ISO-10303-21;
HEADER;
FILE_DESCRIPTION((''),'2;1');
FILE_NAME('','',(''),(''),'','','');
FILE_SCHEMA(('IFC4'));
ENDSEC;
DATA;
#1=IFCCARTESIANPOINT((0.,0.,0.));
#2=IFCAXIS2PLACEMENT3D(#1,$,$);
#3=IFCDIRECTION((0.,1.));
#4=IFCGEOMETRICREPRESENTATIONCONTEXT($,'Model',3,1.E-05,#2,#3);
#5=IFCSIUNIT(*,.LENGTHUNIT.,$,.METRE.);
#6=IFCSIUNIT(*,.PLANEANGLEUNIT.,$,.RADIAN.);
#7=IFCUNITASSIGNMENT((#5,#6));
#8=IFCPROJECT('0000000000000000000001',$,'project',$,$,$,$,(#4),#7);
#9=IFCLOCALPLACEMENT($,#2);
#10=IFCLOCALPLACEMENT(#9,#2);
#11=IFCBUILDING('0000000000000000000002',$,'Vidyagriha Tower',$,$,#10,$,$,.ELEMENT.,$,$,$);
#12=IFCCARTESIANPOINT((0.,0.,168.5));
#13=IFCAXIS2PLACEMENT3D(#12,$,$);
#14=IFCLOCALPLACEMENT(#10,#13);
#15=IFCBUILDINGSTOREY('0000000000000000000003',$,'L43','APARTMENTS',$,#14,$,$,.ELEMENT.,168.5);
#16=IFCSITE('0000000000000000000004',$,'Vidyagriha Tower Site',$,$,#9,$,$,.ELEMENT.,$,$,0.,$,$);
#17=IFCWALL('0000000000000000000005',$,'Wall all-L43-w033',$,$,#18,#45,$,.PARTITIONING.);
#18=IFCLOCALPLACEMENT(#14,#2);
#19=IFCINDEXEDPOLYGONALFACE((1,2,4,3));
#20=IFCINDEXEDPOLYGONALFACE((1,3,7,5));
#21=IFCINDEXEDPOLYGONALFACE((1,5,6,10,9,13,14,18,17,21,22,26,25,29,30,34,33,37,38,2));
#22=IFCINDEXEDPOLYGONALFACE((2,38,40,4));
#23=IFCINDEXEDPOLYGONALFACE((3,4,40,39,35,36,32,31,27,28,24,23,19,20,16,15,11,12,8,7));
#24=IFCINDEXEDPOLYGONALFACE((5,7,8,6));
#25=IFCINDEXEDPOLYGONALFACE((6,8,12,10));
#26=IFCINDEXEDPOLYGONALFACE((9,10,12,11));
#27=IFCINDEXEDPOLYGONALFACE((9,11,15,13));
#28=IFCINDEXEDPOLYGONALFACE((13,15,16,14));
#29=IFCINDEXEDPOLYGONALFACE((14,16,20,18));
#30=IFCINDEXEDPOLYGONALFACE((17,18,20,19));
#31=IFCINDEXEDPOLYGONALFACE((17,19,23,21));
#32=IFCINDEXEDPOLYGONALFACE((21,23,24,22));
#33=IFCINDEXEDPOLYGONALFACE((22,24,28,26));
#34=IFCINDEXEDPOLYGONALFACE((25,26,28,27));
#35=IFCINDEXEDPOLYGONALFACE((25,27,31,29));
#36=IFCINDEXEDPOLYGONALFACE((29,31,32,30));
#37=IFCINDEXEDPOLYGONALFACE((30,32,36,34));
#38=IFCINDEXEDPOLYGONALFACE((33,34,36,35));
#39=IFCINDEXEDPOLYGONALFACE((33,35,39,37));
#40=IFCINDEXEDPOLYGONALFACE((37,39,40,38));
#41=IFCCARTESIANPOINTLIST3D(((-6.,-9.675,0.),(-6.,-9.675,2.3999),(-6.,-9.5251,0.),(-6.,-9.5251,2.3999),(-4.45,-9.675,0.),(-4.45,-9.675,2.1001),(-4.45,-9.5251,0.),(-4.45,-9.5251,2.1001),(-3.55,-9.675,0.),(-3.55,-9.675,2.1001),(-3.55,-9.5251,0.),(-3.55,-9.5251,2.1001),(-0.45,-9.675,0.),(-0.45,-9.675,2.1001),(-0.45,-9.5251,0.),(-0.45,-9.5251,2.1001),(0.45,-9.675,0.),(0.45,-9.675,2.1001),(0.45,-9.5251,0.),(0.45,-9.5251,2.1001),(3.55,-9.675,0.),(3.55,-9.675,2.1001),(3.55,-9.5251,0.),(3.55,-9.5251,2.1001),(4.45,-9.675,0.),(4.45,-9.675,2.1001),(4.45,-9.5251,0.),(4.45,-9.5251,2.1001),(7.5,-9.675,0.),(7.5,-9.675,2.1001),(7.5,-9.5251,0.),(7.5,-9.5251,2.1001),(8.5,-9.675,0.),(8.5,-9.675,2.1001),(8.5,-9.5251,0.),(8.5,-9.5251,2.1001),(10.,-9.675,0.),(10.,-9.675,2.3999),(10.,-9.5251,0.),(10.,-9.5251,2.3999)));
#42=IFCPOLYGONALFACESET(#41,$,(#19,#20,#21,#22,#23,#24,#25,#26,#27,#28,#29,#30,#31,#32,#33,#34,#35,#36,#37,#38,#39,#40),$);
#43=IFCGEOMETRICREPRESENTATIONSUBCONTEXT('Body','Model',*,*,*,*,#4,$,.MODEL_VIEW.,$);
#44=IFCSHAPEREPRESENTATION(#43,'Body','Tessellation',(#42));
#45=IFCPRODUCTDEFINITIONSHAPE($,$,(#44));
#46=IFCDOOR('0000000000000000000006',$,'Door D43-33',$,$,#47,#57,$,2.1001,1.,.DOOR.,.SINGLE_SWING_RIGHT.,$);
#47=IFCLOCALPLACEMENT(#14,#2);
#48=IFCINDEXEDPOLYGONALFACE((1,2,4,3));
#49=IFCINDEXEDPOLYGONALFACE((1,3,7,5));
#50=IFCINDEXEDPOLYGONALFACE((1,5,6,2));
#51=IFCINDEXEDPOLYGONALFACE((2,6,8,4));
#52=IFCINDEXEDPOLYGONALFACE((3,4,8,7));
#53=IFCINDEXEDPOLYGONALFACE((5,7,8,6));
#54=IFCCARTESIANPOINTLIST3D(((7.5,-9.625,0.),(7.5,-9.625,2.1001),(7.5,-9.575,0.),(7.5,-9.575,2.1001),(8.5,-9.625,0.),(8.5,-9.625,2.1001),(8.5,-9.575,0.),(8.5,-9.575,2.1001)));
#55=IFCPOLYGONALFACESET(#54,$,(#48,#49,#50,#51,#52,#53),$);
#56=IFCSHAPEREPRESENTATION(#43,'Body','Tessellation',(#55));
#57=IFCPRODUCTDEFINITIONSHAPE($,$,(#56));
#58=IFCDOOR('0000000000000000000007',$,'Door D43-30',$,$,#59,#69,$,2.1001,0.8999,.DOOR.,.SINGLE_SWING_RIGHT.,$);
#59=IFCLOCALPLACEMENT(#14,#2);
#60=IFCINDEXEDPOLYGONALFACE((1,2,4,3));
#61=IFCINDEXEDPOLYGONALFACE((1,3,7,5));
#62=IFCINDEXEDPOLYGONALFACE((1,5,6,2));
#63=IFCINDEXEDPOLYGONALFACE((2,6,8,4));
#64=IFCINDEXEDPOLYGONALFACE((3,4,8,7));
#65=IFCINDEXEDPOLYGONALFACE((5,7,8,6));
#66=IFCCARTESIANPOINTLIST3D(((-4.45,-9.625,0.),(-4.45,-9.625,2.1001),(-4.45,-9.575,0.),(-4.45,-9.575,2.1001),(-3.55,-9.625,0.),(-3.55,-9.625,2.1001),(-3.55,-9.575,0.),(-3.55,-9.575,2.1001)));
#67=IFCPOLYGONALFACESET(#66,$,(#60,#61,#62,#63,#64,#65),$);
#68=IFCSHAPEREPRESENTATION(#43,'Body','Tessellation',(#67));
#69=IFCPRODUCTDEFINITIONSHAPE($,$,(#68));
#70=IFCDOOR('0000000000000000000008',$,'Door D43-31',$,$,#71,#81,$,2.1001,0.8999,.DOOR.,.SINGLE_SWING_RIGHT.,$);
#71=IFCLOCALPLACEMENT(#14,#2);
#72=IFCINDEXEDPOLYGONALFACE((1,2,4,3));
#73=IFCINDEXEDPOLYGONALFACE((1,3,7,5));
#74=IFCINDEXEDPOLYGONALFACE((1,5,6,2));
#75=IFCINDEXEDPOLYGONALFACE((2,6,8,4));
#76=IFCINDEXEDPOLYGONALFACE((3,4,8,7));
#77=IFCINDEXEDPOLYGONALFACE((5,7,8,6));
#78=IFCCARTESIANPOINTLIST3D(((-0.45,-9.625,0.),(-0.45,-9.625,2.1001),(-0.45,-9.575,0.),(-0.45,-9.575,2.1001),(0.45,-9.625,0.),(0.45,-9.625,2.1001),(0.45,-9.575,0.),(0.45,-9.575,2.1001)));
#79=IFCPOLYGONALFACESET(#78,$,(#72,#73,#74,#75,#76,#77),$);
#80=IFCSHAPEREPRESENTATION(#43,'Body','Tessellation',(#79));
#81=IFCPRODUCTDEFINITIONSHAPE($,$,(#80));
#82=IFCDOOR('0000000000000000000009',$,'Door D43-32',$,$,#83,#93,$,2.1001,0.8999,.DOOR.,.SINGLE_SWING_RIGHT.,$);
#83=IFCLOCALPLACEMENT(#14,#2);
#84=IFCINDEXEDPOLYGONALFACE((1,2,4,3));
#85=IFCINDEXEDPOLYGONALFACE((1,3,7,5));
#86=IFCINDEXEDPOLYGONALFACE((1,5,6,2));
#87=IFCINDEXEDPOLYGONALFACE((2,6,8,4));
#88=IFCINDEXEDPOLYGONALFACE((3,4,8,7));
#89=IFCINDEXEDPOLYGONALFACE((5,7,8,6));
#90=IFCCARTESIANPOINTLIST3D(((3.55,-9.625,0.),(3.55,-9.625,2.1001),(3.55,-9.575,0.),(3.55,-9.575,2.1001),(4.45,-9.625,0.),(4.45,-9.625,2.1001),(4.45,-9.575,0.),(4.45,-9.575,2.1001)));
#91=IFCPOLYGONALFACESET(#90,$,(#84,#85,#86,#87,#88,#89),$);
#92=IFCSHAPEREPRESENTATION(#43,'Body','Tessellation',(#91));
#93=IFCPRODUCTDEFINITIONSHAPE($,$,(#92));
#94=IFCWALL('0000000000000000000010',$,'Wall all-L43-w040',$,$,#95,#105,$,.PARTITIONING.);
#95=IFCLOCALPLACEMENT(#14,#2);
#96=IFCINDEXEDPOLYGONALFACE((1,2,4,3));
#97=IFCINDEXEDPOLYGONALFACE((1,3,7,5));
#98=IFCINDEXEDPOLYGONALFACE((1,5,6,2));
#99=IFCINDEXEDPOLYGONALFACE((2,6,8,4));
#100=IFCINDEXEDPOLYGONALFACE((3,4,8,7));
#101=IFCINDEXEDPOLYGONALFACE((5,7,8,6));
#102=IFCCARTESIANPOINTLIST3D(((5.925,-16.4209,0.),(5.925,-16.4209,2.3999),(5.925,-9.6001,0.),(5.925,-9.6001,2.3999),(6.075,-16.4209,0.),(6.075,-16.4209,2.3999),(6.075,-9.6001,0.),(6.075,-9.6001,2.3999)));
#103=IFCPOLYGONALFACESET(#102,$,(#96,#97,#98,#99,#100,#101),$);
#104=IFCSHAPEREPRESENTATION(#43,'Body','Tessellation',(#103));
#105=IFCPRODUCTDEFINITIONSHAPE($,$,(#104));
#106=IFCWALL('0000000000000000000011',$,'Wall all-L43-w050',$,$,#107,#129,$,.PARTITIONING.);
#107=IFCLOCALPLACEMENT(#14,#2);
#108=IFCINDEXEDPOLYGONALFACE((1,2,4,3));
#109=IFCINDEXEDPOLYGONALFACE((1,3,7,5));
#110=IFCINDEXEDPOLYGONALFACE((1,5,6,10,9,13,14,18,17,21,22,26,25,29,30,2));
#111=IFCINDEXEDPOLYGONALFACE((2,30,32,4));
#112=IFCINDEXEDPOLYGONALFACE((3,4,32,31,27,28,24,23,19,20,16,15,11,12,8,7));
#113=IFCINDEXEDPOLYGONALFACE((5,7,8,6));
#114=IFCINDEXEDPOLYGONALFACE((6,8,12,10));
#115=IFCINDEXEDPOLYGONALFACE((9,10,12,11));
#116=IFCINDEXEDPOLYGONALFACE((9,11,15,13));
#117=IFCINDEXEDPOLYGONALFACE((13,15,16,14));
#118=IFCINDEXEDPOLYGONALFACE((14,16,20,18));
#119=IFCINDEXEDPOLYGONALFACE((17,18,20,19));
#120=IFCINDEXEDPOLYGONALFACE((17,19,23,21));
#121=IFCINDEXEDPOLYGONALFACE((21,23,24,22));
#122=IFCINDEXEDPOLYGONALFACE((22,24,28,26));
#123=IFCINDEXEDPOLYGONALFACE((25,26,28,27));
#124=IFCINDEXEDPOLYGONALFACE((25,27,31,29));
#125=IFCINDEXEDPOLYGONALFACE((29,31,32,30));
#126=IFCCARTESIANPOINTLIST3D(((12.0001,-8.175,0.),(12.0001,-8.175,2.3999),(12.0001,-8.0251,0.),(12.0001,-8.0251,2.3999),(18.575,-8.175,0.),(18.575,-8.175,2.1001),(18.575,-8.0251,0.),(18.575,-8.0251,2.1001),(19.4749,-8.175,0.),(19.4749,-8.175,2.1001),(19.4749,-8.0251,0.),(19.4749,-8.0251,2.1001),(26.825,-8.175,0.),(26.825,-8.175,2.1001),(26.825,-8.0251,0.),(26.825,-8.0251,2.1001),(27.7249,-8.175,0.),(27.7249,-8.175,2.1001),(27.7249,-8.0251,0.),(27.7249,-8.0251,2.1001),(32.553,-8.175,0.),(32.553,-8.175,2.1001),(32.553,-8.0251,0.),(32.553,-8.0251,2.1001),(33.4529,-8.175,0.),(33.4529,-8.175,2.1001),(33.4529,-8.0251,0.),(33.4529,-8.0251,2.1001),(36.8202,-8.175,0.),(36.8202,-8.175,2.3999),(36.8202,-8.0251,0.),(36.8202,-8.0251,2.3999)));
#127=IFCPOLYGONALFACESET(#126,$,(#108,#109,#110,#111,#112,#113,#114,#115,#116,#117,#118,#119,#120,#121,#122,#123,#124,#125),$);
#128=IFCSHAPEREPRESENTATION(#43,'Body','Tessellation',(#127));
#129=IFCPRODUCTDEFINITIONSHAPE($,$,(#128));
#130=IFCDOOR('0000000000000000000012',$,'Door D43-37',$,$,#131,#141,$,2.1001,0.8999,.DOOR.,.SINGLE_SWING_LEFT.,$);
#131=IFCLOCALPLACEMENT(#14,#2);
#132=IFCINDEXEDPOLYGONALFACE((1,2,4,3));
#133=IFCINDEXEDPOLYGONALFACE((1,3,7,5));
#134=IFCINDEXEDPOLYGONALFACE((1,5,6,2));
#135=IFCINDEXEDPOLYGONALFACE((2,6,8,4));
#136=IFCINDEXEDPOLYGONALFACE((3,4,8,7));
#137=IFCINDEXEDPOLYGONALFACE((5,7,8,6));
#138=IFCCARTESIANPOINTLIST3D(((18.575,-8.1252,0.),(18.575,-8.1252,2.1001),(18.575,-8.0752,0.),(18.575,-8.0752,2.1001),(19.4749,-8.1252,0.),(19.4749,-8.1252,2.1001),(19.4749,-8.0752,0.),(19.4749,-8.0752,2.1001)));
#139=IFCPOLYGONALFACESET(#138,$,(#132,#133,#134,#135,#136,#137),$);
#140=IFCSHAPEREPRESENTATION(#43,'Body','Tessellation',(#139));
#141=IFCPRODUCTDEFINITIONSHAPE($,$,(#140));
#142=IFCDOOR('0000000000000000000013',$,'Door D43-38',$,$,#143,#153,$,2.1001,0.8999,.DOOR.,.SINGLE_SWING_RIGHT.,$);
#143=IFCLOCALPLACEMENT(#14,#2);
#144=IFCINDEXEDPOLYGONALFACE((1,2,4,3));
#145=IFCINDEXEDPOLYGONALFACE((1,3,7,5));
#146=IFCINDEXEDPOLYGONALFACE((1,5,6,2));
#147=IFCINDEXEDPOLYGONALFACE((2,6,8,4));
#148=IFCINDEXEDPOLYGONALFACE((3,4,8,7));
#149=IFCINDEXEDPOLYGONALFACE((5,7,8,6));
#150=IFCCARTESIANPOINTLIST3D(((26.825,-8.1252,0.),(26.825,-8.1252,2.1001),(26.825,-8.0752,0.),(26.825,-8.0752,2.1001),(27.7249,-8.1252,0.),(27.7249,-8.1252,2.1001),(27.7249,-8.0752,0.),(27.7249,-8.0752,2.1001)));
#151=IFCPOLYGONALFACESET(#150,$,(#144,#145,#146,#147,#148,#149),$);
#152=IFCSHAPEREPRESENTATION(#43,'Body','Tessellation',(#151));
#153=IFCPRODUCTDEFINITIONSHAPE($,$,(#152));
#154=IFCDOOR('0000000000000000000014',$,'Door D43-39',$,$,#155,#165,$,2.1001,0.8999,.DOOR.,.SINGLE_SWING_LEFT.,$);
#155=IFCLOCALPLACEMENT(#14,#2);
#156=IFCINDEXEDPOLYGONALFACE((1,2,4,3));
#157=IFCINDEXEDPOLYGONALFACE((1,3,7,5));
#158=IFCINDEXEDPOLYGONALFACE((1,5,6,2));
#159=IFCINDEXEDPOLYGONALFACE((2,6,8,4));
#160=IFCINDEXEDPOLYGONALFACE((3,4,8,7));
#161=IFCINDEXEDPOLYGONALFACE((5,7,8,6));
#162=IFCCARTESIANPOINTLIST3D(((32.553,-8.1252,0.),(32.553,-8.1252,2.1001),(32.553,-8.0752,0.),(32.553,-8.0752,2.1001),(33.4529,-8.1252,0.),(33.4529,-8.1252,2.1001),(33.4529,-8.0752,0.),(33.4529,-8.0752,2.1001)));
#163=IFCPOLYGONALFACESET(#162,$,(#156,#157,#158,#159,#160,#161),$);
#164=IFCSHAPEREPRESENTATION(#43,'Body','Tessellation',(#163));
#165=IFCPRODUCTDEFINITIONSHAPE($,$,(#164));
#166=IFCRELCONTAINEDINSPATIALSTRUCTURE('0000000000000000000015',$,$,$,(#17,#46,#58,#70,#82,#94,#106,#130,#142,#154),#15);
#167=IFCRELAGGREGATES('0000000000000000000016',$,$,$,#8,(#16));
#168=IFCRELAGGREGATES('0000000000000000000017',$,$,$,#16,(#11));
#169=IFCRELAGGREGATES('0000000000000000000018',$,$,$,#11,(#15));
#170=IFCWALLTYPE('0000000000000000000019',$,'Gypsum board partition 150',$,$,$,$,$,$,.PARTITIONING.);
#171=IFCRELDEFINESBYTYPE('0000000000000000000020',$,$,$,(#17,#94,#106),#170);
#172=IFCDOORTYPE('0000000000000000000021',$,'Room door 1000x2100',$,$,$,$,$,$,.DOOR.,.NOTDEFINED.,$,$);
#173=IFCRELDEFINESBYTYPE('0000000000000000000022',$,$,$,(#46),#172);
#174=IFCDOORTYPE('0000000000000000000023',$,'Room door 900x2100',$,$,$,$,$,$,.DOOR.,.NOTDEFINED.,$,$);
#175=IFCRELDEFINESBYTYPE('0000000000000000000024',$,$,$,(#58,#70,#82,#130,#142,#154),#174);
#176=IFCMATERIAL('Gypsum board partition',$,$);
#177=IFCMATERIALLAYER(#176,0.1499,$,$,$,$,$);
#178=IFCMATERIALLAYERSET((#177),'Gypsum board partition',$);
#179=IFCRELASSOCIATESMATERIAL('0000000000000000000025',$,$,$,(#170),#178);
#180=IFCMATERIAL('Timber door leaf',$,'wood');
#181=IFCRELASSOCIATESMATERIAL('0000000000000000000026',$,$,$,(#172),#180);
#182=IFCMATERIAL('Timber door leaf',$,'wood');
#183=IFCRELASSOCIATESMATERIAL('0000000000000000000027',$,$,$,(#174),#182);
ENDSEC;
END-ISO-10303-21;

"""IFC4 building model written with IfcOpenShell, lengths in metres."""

from ifc_helpers import new_model, si_unit, direction, frame, frame_2d, origin, place, context, subcontext, project, spatial, rectangle, extrude, material, layer, layer_set, type_object, element, fill, save


model = new_model("IFC4")

# Units and contexts
model_context = context("Model", 3, precision=1e-05, world=origin(), true_north=direction((0.0, 1.0)))
body_context = subcontext(model_context, "Body", "Model", "MODEL_VIEW")
ifc_project = project(units=[si_unit("LENGTHUNIT", "METRE"), si_unit("PLANEANGLEUNIT", "RADIAN")], contexts=[model_context])

# Site, building, storey
site_placement = place(None, origin())
site = spatial("IfcSite", under=ifc_project, at=site_placement, Name="Vidyagriha Tower Site", CompositionType="ELEMENT", RefElevation=0.0)
building_placement = place(site_placement, origin())
building = spatial("IfcBuilding", under=site, at=building_placement, Name="Vidyagriha Tower", CompositionType="ELEMENT")
storey_placement = place(building_placement, frame((0.0, 0.0, 168.5)))
storey = spatial("IfcBuildingStorey", under=building, at=storey_placement, Name="L43", Description="APARTMENTS", CompositionType="ELEMENT", Elevation=168.5)

# Shared definitions
ifc_material_1 = material(Name="Gypsum board partition")
ifc_layer_1 = layer(ifc_material_1, 0.1499)
ifc_layer_set_1 = layer_set([ifc_layer_1], Name="Gypsum board partition")
wall_type_1 = type_object("IfcWallType", Name="Gypsum board partition 150", PredefinedType="PARTITIONING", material=ifc_layer_set_1)

# Wall, openings, doors
wall_1_placement = place(storey_placement, frame((10.0, -9.6001, 0.0), z_axis=(0.0, 0.0, 1.0), x_axis=(-1.0, 0.0, 0.0)))
wall_1 = element("IfcWall", 1, at=wall_1_placement, inside=storey, type_object=wall_type_1, Name="Wall all-L43-w033", PredefinedType="PARTITIONING", context=body_context, shape_type="SweptSolid", body=[
    extrude(rectangle(XDim=16.0, YDim=0.1499, at=frame_2d((8.0, 0.0))), origin(), (0.0, 0.0, 1.0), 2.3999),
])
opening_1_placement = place(wall_1_placement, frame((13.55, 0.0, 0.0)))
opening_1 = element("IfcOpeningElement", 2, at=opening_1_placement, cuts=wall_1, PredefinedType="OPENING", context=body_context, shape_type="SweptSolid", body=[
    extrude(rectangle(XDim=0.8999, YDim=2.1001, at=frame_2d((0.45, 1.05))), frame((0.0, 0.085, 0.0), z_axis=(0.0, -1.0, 0.0), x_axis=(1.0, 0.0, 0.0)), (0.0, 0.0, 1.0), 0.1699),
])
opening_2_placement = place(wall_1_placement, frame((9.55, 0.0, 0.0)))
opening_2 = element("IfcOpeningElement", 3, at=opening_2_placement, cuts=wall_1, PredefinedType="OPENING", context=body_context, shape_type="SweptSolid", body=[
    extrude(rectangle(XDim=0.8999, YDim=2.1001, at=frame_2d((0.45, 1.05))), frame((0.0, 0.085, 0.0), z_axis=(0.0, -1.0, 0.0), x_axis=(1.0, 0.0, 0.0)), (0.0, 0.0, 1.0), 0.1699),
])
opening_3_placement = place(wall_1_placement, frame((5.55, 0.0, 0.0)))
opening_3 = element("IfcOpeningElement", 4, at=opening_3_placement, cuts=wall_1, PredefinedType="OPENING", context=body_context, shape_type="SweptSolid", body=[
    extrude(rectangle(XDim=0.8999, YDim=2.1001, at=frame_2d((0.45, 1.05))), frame((0.0, 0.085, 0.0), z_axis=(0.0, -1.0, 0.0), x_axis=(1.0, 0.0, 0.0)), (0.0, 0.0, 1.0), 0.1699),
])
opening_4_placement = place(wall_1_placement, frame((1.5, 0.0, 0.0)))
opening_4 = element("IfcOpeningElement", 5, at=opening_4_placement, cuts=wall_1, PredefinedType="OPENING", context=body_context, shape_type="SweptSolid", body=[
    extrude(rectangle(XDim=1.0, YDim=2.1001, at=frame_2d((0.5, 1.05))), frame((0.0, 0.085, 0.0), z_axis=(0.0, -1.0, 0.0), x_axis=(1.0, 0.0, 0.0)), (0.0, 0.0, 1.0), 0.1699),
])
ifc_material_2 = material(Name="Timber door leaf", Category="wood")
door_type_1 = type_object("IfcDoorType", Name="Room door 1000x2100", OperationType="NOTDEFINED", PredefinedType="DOOR", material=ifc_material_2)
door_1_placement = place(opening_4_placement, origin())
door_1 = element("IfcDoor", 6, at=door_1_placement, inside=storey, type_object=door_type_1, Name="Door D43-33", OperationType="SINGLE_SWING_RIGHT", OverallHeight=2.1001, OverallWidth=1.0, PredefinedType="DOOR", context=body_context, shape_type="SweptSolid", body=[
    extrude(rectangle(XDim=1.0, YDim=2.1001, at=frame_2d((0.5, 1.05))), frame((0.0, 0.0249, 0.0), z_axis=(0.0, -1.0, 0.0), x_axis=(1.0, 0.0, 0.0)), (0.0, 0.0, 1.0), 0.05),
])
fill(opening_4, door_1)
ifc_material_3 = material(Name="Timber door leaf", Category="wood")
door_type_2 = type_object("IfcDoorType", Name="Room door 900x2100", OperationType="NOTDEFINED", PredefinedType="DOOR", material=ifc_material_3)
door_2_placement = place(opening_1_placement, origin())
door_2 = element("IfcDoor", 7, at=door_2_placement, inside=storey, type_object=door_type_2, Name="Door D43-30", OperationType="SINGLE_SWING_RIGHT", OverallHeight=2.1001, OverallWidth=0.8999, PredefinedType="DOOR", context=body_context, shape_type="SweptSolid", body=[
    extrude(rectangle(XDim=0.8999, YDim=2.1001, at=frame_2d((0.45, 1.05))), frame((0.0, 0.0249, 0.0), z_axis=(0.0, -1.0, 0.0), x_axis=(1.0, 0.0, 0.0)), (0.0, 0.0, 1.0), 0.05),
])
fill(opening_1, door_2)
door_3_placement = place(opening_2_placement, origin())
door_3 = element("IfcDoor", 8, at=door_3_placement, inside=storey, type_object=door_type_2, Name="Door D43-31", OperationType="SINGLE_SWING_RIGHT", OverallHeight=2.1001, OverallWidth=0.8999, PredefinedType="DOOR", context=body_context, shape_type="SweptSolid", body=[
    extrude(rectangle(XDim=0.8999, YDim=2.1001, at=frame_2d((0.45, 1.05))), frame((0.0, 0.0249, 0.0), z_axis=(0.0, -1.0, 0.0), x_axis=(1.0, 0.0, 0.0)), (0.0, 0.0, 1.0), 0.05),
])
fill(opening_2, door_3)
door_4_placement = place(opening_3_placement, origin())
door_4 = element("IfcDoor", 9, at=door_4_placement, inside=storey, type_object=door_type_2, Name="Door D43-32", OperationType="SINGLE_SWING_RIGHT", OverallHeight=2.1001, OverallWidth=0.8999, PredefinedType="DOOR", context=body_context, shape_type="SweptSolid", body=[
    extrude(rectangle(XDim=0.8999, YDim=2.1001, at=frame_2d((0.45, 1.05))), frame((0.0, 0.0249, 0.0), z_axis=(0.0, -1.0, 0.0), x_axis=(1.0, 0.0, 0.0)), (0.0, 0.0, 1.0), 0.05),
])
fill(opening_3, door_4)

# Wall
wall_2_placement = place(storey_placement, frame((6.0, -9.6001, 0.0), z_axis=(0.0, 0.0, 1.0), x_axis=(0.0, -1.0, 0.0)))
element("IfcWall", 10, at=wall_2_placement, inside=storey, type_object=wall_type_1, Name="Wall all-L43-w040", PredefinedType="PARTITIONING", context=body_context, shape_type="SweptSolid", body=[
    extrude(rectangle(XDim=6.8208, YDim=0.1499, at=frame_2d((3.4104, 0.0))), origin(), (0.0, 0.0, 1.0), 2.3999),
])

# Wall, openings, doors
wall_3_placement = place(storey_placement, frame((12.0, -8.1001, 0.0)))
wall_3 = element("IfcWall", 11, at=wall_3_placement, inside=storey, type_object=wall_type_1, Name="Wall all-L43-w050", PredefinedType="PARTITIONING", context=body_context, shape_type="SweptSolid", body=[
    extrude(rectangle(XDim=24.8201, YDim=0.1499, at=frame_2d((12.4102, 0.0))), origin(), (0.0, 0.0, 1.0), 2.3999),
])
opening_5_placement = place(wall_3_placement, frame((6.575, 0.0, 0.0)))
opening_5 = element("IfcOpeningElement", 12, at=opening_5_placement, cuts=wall_3, PredefinedType="OPENING", context=body_context, shape_type="SweptSolid", body=[
    extrude(rectangle(XDim=0.8999, YDim=2.1001, at=frame_2d((0.45, 1.05))), frame((0.0, 0.085, 0.0), z_axis=(0.0, -1.0, 0.0), x_axis=(1.0, 0.0, 0.0)), (0.0, 0.0, 1.0), 0.1699),
])
opening_6_placement = place(wall_3_placement, frame((14.825, 0.0, 0.0)))
opening_6 = element("IfcOpeningElement", 13, at=opening_6_placement, cuts=wall_3, PredefinedType="OPENING", context=body_context, shape_type="SweptSolid", body=[
    extrude(rectangle(XDim=0.8999, YDim=2.1001, at=frame_2d((0.45, 1.05))), frame((0.0, 0.085, 0.0), z_axis=(0.0, -1.0, 0.0), x_axis=(1.0, 0.0, 0.0)), (0.0, 0.0, 1.0), 0.1699),
])
opening_7_placement = place(wall_3_placement, frame((20.553, 0.0, 0.0)))
opening_7 = element("IfcOpeningElement", 14, at=opening_7_placement, cuts=wall_3, PredefinedType="OPENING", context=body_context, shape_type="SweptSolid", body=[
    extrude(rectangle(XDim=0.8999, YDim=2.1001, at=frame_2d((0.45, 1.05))), frame((0.0, 0.085, 0.0), z_axis=(0.0, -1.0, 0.0), x_axis=(1.0, 0.0, 0.0)), (0.0, 0.0, 1.0), 0.1699),
])
door_5_placement = place(opening_5_placement, origin())
door_5 = element("IfcDoor", 15, at=door_5_placement, inside=storey, type_object=door_type_2, Name="Door D43-37", OperationType="SINGLE_SWING_LEFT", OverallHeight=2.1001, OverallWidth=0.8999, PredefinedType="DOOR", context=body_context, shape_type="SweptSolid", body=[
    extrude(rectangle(XDim=0.8999, YDim=2.1001, at=frame_2d((0.45, 1.05))), frame((0.0, 0.0249, 0.0), z_axis=(0.0, -1.0, 0.0), x_axis=(1.0, 0.0, 0.0)), (0.0, 0.0, 1.0), 0.05),
])
fill(opening_5, door_5)
door_6_placement = place(opening_6_placement, origin())
door_6 = element("IfcDoor", 16, at=door_6_placement, inside=storey, type_object=door_type_2, Name="Door D43-38", OperationType="SINGLE_SWING_RIGHT", OverallHeight=2.1001, OverallWidth=0.8999, PredefinedType="DOOR", context=body_context, shape_type="SweptSolid", body=[
    extrude(rectangle(XDim=0.8999, YDim=2.1001, at=frame_2d((0.45, 1.05))), frame((0.0, 0.0249, 0.0), z_axis=(0.0, -1.0, 0.0), x_axis=(1.0, 0.0, 0.0)), (0.0, 0.0, 1.0), 0.05),
])
fill(opening_6, door_6)
door_7_placement = place(opening_7_placement, origin())
door_7 = element("IfcDoor", 17, at=door_7_placement, inside=storey, type_object=door_type_2, Name="Door D43-39", OperationType="SINGLE_SWING_LEFT", OverallHeight=2.1001, OverallWidth=0.8999, PredefinedType="DOOR", context=body_context, shape_type="SweptSolid", body=[
    extrude(rectangle(XDim=0.8999, YDim=2.1001, at=frame_2d((0.45, 1.05))), frame((0.0, 0.0249, 0.0), z_axis=(0.0, -1.0, 0.0), x_axis=(1.0, 0.0, 0.0)), (0.0, 0.0, 1.0), 0.05),
])
fill(opening_7, door_7)

save(model, "model.ifc")
